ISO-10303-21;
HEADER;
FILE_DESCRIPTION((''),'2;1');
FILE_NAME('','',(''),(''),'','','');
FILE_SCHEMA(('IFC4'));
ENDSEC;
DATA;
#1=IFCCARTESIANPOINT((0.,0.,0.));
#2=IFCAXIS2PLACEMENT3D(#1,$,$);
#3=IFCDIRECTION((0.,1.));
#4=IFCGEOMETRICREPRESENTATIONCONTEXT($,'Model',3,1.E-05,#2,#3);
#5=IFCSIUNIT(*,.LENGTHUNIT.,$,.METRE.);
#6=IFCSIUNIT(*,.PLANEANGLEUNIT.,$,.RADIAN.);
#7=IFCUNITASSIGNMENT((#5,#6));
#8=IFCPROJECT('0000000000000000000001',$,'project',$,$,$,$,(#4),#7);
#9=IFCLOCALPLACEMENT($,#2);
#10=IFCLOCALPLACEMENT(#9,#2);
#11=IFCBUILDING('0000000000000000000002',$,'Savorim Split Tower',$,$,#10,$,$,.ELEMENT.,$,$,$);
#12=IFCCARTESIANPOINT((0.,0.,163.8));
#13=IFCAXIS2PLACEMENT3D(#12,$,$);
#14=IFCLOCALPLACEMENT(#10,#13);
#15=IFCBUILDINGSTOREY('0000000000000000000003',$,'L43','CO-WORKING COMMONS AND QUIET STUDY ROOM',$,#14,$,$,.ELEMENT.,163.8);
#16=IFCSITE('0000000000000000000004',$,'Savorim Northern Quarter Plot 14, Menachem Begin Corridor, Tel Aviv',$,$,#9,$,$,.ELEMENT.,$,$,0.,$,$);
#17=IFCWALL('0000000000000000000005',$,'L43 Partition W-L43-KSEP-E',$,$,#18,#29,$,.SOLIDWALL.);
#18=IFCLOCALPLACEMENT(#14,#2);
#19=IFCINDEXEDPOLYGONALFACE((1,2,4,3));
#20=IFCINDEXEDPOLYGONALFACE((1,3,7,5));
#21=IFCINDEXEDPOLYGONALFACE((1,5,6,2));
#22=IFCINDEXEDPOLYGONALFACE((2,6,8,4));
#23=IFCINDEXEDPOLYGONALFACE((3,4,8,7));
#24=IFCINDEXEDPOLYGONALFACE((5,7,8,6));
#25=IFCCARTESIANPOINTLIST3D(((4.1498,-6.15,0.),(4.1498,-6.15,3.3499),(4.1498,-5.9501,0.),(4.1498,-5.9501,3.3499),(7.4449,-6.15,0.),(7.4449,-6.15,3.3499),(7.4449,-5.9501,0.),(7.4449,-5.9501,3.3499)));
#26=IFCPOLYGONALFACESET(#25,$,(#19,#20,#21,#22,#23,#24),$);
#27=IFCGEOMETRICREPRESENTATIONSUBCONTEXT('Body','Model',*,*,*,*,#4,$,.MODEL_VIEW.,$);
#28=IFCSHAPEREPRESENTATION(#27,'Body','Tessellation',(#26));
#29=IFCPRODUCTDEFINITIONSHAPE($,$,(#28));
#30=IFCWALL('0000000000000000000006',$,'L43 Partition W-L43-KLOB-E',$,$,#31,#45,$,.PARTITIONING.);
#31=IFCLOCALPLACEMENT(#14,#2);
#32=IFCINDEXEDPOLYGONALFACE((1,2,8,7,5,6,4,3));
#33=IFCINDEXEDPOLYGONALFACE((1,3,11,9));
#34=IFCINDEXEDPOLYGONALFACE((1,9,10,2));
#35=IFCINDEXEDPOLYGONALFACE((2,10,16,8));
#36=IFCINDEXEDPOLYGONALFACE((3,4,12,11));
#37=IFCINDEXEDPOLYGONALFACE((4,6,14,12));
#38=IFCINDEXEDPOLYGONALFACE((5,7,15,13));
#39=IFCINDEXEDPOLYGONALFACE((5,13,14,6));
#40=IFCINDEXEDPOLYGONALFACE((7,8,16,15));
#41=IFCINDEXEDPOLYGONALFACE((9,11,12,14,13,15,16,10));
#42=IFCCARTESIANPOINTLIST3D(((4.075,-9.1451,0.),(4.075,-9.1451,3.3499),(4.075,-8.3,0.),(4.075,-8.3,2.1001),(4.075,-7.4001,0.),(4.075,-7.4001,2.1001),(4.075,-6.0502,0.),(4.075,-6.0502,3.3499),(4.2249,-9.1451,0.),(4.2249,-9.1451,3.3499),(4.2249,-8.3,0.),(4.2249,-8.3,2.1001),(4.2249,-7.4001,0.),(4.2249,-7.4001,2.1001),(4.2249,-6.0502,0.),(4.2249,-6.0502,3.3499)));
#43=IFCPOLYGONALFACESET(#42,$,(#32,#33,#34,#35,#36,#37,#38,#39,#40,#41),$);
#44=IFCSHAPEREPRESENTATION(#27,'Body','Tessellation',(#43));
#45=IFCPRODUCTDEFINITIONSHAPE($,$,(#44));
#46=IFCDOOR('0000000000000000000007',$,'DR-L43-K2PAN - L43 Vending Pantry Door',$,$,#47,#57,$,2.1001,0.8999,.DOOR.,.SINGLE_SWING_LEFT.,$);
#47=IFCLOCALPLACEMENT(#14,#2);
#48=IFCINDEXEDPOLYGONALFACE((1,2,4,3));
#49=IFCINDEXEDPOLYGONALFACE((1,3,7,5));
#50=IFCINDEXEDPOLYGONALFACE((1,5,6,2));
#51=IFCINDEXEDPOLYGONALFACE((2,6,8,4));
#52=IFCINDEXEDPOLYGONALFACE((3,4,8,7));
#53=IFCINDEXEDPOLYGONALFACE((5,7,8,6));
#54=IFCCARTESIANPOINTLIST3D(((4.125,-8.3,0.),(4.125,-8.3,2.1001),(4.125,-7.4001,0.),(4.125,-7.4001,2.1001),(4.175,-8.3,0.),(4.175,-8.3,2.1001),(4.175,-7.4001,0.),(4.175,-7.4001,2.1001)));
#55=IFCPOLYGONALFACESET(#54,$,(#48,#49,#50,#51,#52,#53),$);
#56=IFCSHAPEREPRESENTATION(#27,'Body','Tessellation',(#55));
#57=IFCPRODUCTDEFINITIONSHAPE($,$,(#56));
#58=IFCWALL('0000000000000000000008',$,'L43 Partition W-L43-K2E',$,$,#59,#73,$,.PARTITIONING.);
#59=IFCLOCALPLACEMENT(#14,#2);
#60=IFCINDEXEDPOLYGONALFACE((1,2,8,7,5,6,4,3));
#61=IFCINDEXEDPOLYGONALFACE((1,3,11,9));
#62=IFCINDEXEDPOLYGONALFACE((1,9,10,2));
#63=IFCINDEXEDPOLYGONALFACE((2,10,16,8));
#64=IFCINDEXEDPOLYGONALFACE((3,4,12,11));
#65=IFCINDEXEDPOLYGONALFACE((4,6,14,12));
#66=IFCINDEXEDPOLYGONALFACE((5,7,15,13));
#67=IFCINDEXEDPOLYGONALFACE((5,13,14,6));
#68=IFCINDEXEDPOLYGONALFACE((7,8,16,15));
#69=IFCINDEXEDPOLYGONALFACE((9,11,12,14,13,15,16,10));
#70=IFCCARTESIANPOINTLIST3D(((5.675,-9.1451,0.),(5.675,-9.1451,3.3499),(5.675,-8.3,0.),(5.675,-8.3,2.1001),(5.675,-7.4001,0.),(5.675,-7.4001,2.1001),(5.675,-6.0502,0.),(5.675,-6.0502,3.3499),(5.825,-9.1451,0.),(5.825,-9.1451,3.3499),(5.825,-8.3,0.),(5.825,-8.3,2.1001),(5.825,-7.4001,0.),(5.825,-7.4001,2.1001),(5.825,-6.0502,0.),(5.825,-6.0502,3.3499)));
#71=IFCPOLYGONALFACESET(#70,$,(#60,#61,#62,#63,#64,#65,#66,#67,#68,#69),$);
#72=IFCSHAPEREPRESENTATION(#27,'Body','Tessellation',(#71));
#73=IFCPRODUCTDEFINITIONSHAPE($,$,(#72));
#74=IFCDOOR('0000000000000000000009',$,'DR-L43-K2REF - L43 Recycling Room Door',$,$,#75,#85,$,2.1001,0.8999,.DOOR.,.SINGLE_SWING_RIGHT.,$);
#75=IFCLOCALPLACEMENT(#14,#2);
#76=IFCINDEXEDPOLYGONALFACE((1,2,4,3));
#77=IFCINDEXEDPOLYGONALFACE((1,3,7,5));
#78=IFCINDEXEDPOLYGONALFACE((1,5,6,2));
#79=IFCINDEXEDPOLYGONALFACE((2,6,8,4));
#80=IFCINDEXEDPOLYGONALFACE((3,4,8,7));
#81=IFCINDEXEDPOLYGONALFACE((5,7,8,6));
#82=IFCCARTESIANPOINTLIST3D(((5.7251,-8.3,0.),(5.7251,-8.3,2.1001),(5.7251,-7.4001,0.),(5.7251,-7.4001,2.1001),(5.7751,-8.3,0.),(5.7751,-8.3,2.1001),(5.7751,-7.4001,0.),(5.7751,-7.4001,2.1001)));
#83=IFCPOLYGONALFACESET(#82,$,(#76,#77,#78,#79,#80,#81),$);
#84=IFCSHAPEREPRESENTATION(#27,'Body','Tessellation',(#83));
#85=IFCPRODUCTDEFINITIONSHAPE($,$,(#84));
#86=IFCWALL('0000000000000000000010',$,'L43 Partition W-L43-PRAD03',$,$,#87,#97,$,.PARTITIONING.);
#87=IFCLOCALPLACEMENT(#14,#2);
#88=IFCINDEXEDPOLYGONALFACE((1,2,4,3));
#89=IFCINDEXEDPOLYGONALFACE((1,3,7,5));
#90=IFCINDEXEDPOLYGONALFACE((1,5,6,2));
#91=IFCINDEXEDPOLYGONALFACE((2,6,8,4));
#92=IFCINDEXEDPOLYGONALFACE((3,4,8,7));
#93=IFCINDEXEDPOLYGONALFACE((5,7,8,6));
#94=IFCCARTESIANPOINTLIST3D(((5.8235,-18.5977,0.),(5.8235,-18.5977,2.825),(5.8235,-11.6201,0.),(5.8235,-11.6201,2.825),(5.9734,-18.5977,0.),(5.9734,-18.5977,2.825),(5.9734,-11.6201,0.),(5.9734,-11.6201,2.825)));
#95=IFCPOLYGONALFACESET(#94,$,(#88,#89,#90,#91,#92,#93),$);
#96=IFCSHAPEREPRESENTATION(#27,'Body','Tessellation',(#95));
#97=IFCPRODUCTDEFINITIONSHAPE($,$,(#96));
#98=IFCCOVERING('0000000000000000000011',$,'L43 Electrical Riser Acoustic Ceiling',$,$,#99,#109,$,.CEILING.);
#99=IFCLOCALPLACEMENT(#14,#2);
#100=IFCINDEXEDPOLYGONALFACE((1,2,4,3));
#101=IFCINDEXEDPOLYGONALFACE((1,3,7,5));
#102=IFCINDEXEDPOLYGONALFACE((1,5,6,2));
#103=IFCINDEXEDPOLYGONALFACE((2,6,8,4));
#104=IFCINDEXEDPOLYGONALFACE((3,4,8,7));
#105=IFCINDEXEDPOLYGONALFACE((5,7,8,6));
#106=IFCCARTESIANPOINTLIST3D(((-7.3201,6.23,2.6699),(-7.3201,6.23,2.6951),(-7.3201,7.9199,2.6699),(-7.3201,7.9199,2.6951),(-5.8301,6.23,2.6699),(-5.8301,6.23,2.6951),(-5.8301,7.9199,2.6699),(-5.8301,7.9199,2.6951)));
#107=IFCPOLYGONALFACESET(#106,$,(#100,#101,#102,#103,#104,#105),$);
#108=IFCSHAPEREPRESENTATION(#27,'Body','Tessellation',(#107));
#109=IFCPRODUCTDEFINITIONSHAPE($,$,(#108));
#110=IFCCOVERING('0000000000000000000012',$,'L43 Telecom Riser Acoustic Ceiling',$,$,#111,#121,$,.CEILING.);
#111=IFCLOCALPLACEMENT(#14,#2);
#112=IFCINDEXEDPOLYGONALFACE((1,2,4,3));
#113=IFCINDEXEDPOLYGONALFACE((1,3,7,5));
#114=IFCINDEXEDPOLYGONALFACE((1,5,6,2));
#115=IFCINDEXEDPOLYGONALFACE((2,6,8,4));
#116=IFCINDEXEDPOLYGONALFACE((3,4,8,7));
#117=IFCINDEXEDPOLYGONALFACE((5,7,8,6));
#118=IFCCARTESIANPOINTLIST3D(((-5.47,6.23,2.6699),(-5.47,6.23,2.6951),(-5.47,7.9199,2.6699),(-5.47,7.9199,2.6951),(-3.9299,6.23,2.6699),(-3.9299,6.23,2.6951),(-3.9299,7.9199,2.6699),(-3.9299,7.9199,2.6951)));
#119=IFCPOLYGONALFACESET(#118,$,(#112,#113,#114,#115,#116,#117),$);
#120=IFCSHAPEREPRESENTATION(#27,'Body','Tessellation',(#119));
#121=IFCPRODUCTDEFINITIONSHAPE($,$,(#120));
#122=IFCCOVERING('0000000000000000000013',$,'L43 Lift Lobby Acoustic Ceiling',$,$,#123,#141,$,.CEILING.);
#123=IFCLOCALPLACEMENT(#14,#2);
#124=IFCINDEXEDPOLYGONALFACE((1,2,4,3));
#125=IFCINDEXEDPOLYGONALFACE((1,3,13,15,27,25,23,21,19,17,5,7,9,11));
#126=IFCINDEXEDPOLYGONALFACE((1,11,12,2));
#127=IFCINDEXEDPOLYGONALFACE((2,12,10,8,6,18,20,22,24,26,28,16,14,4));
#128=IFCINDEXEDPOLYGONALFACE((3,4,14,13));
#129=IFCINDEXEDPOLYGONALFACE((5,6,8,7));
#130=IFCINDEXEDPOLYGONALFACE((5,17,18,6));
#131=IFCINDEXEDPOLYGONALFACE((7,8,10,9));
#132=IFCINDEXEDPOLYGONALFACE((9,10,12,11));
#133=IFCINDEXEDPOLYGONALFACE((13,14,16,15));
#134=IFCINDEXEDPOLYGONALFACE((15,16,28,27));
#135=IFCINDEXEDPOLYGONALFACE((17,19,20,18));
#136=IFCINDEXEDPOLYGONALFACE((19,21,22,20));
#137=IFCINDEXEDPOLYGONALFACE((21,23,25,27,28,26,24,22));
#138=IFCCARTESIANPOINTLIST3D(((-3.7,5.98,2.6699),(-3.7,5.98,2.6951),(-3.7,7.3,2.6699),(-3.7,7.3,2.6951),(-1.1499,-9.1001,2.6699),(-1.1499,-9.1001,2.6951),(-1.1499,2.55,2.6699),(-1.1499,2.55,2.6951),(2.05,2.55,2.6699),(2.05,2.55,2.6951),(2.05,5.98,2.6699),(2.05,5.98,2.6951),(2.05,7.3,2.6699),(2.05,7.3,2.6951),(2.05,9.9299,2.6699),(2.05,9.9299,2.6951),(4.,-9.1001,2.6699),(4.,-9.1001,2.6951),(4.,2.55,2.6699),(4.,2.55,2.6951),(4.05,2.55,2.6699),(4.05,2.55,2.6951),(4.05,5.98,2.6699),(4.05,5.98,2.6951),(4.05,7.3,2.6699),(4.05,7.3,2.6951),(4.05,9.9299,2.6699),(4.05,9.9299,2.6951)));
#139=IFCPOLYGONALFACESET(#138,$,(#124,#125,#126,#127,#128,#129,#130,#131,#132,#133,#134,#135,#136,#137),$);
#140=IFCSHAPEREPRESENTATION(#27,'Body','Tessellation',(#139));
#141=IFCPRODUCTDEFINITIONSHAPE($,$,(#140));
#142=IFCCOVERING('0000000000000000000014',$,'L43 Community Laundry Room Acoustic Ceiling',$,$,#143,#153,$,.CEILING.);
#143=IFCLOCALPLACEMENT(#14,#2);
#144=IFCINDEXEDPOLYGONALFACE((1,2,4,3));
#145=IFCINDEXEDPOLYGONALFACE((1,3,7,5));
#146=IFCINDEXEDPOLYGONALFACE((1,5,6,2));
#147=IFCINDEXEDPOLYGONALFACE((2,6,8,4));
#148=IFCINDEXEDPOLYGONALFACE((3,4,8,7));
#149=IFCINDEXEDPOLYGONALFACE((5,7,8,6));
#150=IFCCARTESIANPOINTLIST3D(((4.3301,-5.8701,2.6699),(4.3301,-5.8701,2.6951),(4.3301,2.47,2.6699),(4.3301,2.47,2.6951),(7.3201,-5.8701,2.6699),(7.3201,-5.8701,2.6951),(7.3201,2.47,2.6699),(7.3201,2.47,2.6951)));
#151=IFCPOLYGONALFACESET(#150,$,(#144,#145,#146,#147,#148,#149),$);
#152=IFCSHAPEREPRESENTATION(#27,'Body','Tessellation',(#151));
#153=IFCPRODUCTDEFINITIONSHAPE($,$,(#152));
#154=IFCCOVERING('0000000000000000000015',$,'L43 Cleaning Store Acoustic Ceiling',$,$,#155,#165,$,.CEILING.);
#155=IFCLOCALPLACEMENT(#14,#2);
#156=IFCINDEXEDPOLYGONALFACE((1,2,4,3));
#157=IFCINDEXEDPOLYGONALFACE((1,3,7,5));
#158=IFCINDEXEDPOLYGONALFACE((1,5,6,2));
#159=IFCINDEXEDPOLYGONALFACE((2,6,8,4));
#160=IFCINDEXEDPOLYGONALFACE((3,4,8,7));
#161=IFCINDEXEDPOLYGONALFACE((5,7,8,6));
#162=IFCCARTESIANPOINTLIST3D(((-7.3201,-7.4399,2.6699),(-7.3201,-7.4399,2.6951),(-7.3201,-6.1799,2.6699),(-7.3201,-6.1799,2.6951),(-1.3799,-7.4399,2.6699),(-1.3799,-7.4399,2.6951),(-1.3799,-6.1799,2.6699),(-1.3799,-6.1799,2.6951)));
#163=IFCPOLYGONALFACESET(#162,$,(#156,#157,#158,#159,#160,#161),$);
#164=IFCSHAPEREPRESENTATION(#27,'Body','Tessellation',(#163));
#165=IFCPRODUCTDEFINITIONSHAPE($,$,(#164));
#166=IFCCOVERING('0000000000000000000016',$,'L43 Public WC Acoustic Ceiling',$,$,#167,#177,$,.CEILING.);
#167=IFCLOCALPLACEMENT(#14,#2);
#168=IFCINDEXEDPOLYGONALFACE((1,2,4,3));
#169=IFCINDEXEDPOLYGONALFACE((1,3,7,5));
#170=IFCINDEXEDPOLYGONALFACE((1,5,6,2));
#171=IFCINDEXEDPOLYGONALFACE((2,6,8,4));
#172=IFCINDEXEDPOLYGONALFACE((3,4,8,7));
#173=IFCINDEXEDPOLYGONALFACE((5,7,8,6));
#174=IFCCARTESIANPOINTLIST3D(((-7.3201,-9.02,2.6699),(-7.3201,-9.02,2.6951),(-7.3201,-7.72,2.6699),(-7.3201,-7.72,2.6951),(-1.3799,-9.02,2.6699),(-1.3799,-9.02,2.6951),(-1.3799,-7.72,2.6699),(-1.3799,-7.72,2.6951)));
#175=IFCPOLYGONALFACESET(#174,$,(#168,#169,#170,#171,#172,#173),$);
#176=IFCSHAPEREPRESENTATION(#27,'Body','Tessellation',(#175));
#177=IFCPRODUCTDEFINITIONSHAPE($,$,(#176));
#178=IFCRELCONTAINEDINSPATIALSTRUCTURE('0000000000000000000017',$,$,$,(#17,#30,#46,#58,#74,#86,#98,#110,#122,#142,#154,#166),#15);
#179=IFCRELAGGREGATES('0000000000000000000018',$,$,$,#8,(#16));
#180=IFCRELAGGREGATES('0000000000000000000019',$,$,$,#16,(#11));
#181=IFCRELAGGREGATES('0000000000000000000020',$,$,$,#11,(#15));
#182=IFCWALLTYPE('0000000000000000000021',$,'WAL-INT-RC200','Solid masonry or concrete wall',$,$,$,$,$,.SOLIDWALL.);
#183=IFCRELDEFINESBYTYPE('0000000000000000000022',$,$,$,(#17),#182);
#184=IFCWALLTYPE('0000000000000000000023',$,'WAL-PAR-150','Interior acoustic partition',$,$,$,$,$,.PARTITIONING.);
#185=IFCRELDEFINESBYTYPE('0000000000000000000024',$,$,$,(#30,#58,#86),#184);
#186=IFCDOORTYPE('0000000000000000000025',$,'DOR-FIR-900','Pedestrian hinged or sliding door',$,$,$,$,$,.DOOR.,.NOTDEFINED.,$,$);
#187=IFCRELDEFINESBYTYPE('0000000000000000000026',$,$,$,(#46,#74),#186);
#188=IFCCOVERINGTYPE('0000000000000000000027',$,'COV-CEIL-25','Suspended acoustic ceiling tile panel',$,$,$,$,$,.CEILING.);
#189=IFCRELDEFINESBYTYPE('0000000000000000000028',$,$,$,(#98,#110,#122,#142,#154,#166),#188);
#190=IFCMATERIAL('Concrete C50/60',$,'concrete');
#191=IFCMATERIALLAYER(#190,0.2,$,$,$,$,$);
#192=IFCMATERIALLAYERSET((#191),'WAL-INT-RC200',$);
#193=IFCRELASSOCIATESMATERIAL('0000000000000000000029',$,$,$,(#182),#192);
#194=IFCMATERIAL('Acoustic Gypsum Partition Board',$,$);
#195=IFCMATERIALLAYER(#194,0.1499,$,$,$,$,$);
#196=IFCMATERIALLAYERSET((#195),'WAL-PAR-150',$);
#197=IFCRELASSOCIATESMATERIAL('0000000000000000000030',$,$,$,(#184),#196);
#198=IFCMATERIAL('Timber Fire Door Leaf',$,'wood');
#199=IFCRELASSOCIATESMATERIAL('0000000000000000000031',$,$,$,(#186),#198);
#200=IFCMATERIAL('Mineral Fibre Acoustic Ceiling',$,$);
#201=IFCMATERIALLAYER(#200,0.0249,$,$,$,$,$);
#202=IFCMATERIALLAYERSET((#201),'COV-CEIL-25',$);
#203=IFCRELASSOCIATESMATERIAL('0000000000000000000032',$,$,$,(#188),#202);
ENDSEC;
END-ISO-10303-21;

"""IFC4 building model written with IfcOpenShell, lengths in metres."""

from ifc_helpers import new_model, si_unit, direction, frame, frame_2d, origin, place, context, subcontext, project, spatial, polyline, rectangle, outline, extrude, material, layer, layer_set, type_object, element, fill, save


model = new_model("IFC4")

# Units and contexts
model_context = context("Model", 3, precision=1e-05, world=origin(), true_north=direction((0.0, 1.0)))
body_context = subcontext(model_context, "Body", "Model", "MODEL_VIEW")
ifc_project = project(units=[si_unit("LENGTHUNIT", "METRE"), si_unit("PLANEANGLEUNIT", "RADIAN")], contexts=[model_context])

# Site, building, storey
site_placement = place(None, origin())
site = spatial("IfcSite", under=ifc_project, at=site_placement, Name="Savorim Northern Quarter Plot 14, Menachem Begin Corridor, Tel Aviv", CompositionType="ELEMENT", RefElevation=0.0)
building_placement = place(site_placement, origin())
building = spatial("IfcBuilding", under=site, at=building_placement, Name="Savorim Split Tower", CompositionType="ELEMENT")
storey_placement = place(building_placement, frame((0.0, 0.0, 163.8)))
storey = spatial("IfcBuildingStorey", under=building, at=storey_placement, Name="L43", Description="CO-WORKING COMMONS AND QUIET STUDY ROOM", CompositionType="ELEMENT", Elevation=163.8)

# Shared definitions
ifc_material_1 = material(Name="Concrete C50/60", Category="concrete")
ifc_layer_1 = layer(ifc_material_1, 0.2)
ifc_layer_set_1 = layer_set([ifc_layer_1], Name="WAL-INT-RC200")
wall_type_1 = type_object("IfcWallType", Name="WAL-INT-RC200", Description="Solid masonry or concrete wall", PredefinedType="SOLIDWALL", material=ifc_layer_set_1)
ifc_material_2 = material(Name="Timber Fire Door Leaf", Category="wood")

# Wall
wall_1_placement = place(storey_placement, frame((4.1499, -6.05, 0.0), z_axis=(0.0, 0.0, 1.0), x_axis=(1.0, 0.0, 0.0)))
element("IfcWall", 1, at=wall_1_placement, inside=storey, type_object=wall_type_1, Name="L43 Partition W-L43-KSEP-E", PredefinedType="SOLIDWALL", context=body_context, shape_type="SweptSolid", body=[
    extrude(rectangle(XDim=3.2952, YDim=0.2, at=frame_2d((1.6475, 0.0))), origin(), (0.0, 0.0, 1.0), 3.3499),
])

# Walls, openings, doors
ifc_material_3 = material(Name="Acoustic Gypsum Partition Board")
ifc_layer_2 = layer(ifc_material_3, 0.1499)
ifc_layer_set_2 = layer_set([ifc_layer_2], Name="WAL-PAR-150")
wall_type_2 = type_object("IfcWallType", Name="WAL-PAR-150", Description="Interior acoustic partition", PredefinedType="PARTITIONING", material=ifc_layer_set_2)
wall_2_placement = place(storey_placement, frame((4.1499, -9.145, 0.0), z_axis=(0.0, 0.0, 1.0), x_axis=(0.0, 1.0, 0.0)))
wall_2 = element("IfcWall", 2, at=wall_2_placement, inside=storey, type_object=wall_type_2, Name="L43 Partition W-L43-KLOB-E", PredefinedType="PARTITIONING", context=body_context, shape_type="SweptSolid", body=[
    extrude(rectangle(XDim=3.095, YDim=0.1499, at=frame_2d((1.5474, 0.0))), origin(), (0.0, 0.0, 1.0), 3.3499),
])
opening_1_placement = place(wall_2_placement, frame((0.845, 0.0, 0.0)))
opening_1 = element("IfcOpeningElement", 3, at=opening_1_placement, cuts=wall_2, PredefinedType="OPENING", context=body_context, shape_type="SweptSolid", body=[
    extrude(rectangle(XDim=0.8999, YDim=2.1001, at=frame_2d((0.45, 1.05))), frame((0.0, 0.085, 0.0), z_axis=(0.0, -1.0, 0.0), x_axis=(1.0, 0.0, 0.0)), (0.0, 0.0, 1.0), 0.1699),
])
door_type_1 = type_object("IfcDoorType", Name="DOR-FIR-900", Description="Pedestrian hinged or sliding door", OperationType="NOTDEFINED", PredefinedType="DOOR", material=ifc_material_2)
door_1_placement = place(opening_1_placement, origin())
door_1 = element("IfcDoor", 4, at=door_1_placement, inside=storey, type_object=door_type_1, Name="DR-L43-K2PAN - L43 Vending Pantry Door", OperationType="SINGLE_SWING_LEFT", OverallHeight=2.1001, OverallWidth=0.8999, PredefinedType="DOOR", context=body_context, shape_type="SweptSolid", body=[
    extrude(rectangle(XDim=0.8999, YDim=2.1001, at=frame_2d((0.45, 1.05))), frame((0.0, 0.0249, 0.0), z_axis=(0.0, -1.0, 0.0), x_axis=(1.0, 0.0, 0.0)), (0.0, 0.0, 1.0), 0.05),
])
fill(opening_1, door_1)
wall_3_placement = place(storey_placement, frame((5.75, -9.145, 0.0), z_axis=(0.0, 0.0, 1.0), x_axis=(0.0, 1.0, 0.0)))
wall_3 = element("IfcWall", 5, at=wall_3_placement, inside=storey, type_object=wall_type_2, Name="L43 Partition W-L43-K2E", PredefinedType="PARTITIONING", context=body_context, shape_type="SweptSolid", body=[
    extrude(rectangle(XDim=3.095, YDim=0.1499, at=frame_2d((1.5474, 0.0))), origin(), (0.0, 0.0, 1.0), 3.3499),
])
opening_2_placement = place(wall_3_placement, frame((0.845, 0.0, 0.0)))
opening_2 = element("IfcOpeningElement", 6, at=opening_2_placement, cuts=wall_3, PredefinedType="OPENING", context=body_context, shape_type="SweptSolid", body=[
    extrude(rectangle(XDim=0.8999, YDim=2.1001, at=frame_2d((0.45, 1.05))), frame((0.0, 0.085, 0.0), z_axis=(0.0, -1.0, 0.0), x_axis=(1.0, 0.0, 0.0)), (0.0, 0.0, 1.0), 0.1699),
])
door_2_placement = place(opening_2_placement, origin())
door_2 = element("IfcDoor", 7, at=door_2_placement, inside=storey, type_object=door_type_1, Name="DR-L43-K2REF - L43 Recycling Room Door", OperationType="SINGLE_SWING_RIGHT", OverallHeight=2.1001, OverallWidth=0.8999, PredefinedType="DOOR", context=body_context, shape_type="SweptSolid", body=[
    extrude(rectangle(XDim=0.8999, YDim=2.1001, at=frame_2d((0.45, 1.05))), frame((0.0, 0.0249, 0.0), z_axis=(0.0, -1.0, 0.0), x_axis=(1.0, 0.0, 0.0)), (0.0, 0.0, 1.0), 0.05),
])
fill(opening_2, door_2)

# Wall
wall_4_placement = place(storey_placement, frame((5.8984, -11.6201, 0.0), z_axis=(0.0, 0.0, 1.0), x_axis=(0.0, -1.0, 0.0)))
element("IfcWall", 8, at=wall_4_placement, inside=storey, type_object=wall_type_2, Name="L43 Partition W-L43-PRAD03", PredefinedType="PARTITIONING", context=body_context, shape_type="SweptSolid", body=[
    extrude(rectangle(XDim=6.9775, YDim=0.1499, at=frame_2d((3.4888, 0.0))), origin(), (0.0, 0.0, 1.0), 2.825),
])

# Coverings
ifc_material_4 = material(Name="Mineral Fibre Acoustic Ceiling")
ifc_layer_3 = layer(ifc_material_4, 0.0249)
ifc_layer_set_3 = layer_set([ifc_layer_3], Name="COV-CEIL-25")
covering_type_1 = type_object("IfcCoveringType", Name="COV-CEIL-25", Description="Suspended acoustic ceiling tile panel", PredefinedType="CEILING", material=ifc_layer_set_3)
covering_1_placement = place(storey_placement, frame((0.0, 0.0, 2.6699)))
element("IfcCovering", 9, at=covering_1_placement, inside=storey, type_object=covering_type_1, Name="L43 Electrical Riser Acoustic Ceiling", PredefinedType="CEILING", context=body_context, shape_type="SweptSolid", body=[
    extrude(outline(polyline([(-7.3201, 7.9199), (-7.3201, 6.23), (-5.8301, 6.23), (-5.8301, 7.9199), (-7.3201, 7.9199)])), origin(), (0.0, 0.0, 1.0), 0.0251),
])
covering_2_placement = place(storey_placement, frame((0.0, 0.0, 2.6699)))
element("IfcCovering", 10, at=covering_2_placement, inside=storey, type_object=covering_type_1, Name="L43 Telecom Riser Acoustic Ceiling", PredefinedType="CEILING", context=body_context, shape_type="SweptSolid", body=[
    extrude(outline(polyline([(-5.47, 7.9199), (-5.47, 6.23), (-3.9299, 6.23), (-3.9299, 7.9199), (-5.47, 7.9199)])), origin(), (0.0, 0.0, 1.0), 0.0251),
])
covering_3_placement = place(storey_placement, frame((0.0, 0.0, 2.6699)))
element("IfcCovering", 11, at=covering_3_placement, inside=storey, type_object=covering_type_1, Name="L43 Lift Lobby Acoustic Ceiling", PredefinedType="CEILING", context=body_context, shape_type="SweptSolid", body=[
    extrude(outline(polyline([(2.05, 2.55), (-1.1499, 2.55), (-1.1499, -9.1001), (4.0, -9.1001), (4.0, 2.55), (4.05, 2.55), (4.05, 5.98), (4.05, 7.3), (4.05, 9.9299), (2.05, 9.9299), (2.05, 7.3), (-3.7, 7.3), (-3.7, 5.98), (2.05, 5.98), (2.05, 2.55)])), origin(), (0.0, 0.0, 1.0), 0.0251),
])
covering_4_placement = place(storey_placement, frame((0.0, 0.0, 2.6699)))
element("IfcCovering", 12, at=covering_4_placement, inside=storey, type_object=covering_type_1, Name="L43 Community Laundry Room Acoustic Ceiling", PredefinedType="CEILING", context=body_context, shape_type="SweptSolid", body=[
    extrude(outline(polyline([(4.3301, 2.47), (4.3301, -5.8701), (7.3201, -5.8701), (7.3201, 2.47), (4.3301, 2.47)])), origin(), (0.0, 0.0, 1.0), 0.0251),
])
covering_5_placement = place(storey_placement, frame((0.0, 0.0, 2.6699)))
element("IfcCovering", 13, at=covering_5_placement, inside=storey, type_object=covering_type_1, Name="L43 Cleaning Store Acoustic Ceiling", PredefinedType="CEILING", context=body_context, shape_type="SweptSolid", body=[
    extrude(outline(polyline([(-7.3201, -6.1799), (-7.3201, -7.4399), (-1.3799, -7.4399), (-1.3799, -6.1799), (-7.3201, -6.1799)])), origin(), (0.0, 0.0, 1.0), 0.0251),
])
covering_6_placement = place(storey_placement, frame((0.0, 0.0, 2.6699)))
element("IfcCovering", 14, at=covering_6_placement, inside=storey, type_object=covering_type_1, Name="L43 Public WC Acoustic Ceiling", PredefinedType="CEILING", context=body_context, shape_type="SweptSolid", body=[
    extrude(outline(polyline([(-7.3201, -7.72), (-7.3201, -9.02), (-1.3799, -9.02), (-1.3799, -7.72), (-7.3201, -7.72)])), origin(), (0.0, 0.0, 1.0), 0.0251),
])

save(model, "model.ifc")
